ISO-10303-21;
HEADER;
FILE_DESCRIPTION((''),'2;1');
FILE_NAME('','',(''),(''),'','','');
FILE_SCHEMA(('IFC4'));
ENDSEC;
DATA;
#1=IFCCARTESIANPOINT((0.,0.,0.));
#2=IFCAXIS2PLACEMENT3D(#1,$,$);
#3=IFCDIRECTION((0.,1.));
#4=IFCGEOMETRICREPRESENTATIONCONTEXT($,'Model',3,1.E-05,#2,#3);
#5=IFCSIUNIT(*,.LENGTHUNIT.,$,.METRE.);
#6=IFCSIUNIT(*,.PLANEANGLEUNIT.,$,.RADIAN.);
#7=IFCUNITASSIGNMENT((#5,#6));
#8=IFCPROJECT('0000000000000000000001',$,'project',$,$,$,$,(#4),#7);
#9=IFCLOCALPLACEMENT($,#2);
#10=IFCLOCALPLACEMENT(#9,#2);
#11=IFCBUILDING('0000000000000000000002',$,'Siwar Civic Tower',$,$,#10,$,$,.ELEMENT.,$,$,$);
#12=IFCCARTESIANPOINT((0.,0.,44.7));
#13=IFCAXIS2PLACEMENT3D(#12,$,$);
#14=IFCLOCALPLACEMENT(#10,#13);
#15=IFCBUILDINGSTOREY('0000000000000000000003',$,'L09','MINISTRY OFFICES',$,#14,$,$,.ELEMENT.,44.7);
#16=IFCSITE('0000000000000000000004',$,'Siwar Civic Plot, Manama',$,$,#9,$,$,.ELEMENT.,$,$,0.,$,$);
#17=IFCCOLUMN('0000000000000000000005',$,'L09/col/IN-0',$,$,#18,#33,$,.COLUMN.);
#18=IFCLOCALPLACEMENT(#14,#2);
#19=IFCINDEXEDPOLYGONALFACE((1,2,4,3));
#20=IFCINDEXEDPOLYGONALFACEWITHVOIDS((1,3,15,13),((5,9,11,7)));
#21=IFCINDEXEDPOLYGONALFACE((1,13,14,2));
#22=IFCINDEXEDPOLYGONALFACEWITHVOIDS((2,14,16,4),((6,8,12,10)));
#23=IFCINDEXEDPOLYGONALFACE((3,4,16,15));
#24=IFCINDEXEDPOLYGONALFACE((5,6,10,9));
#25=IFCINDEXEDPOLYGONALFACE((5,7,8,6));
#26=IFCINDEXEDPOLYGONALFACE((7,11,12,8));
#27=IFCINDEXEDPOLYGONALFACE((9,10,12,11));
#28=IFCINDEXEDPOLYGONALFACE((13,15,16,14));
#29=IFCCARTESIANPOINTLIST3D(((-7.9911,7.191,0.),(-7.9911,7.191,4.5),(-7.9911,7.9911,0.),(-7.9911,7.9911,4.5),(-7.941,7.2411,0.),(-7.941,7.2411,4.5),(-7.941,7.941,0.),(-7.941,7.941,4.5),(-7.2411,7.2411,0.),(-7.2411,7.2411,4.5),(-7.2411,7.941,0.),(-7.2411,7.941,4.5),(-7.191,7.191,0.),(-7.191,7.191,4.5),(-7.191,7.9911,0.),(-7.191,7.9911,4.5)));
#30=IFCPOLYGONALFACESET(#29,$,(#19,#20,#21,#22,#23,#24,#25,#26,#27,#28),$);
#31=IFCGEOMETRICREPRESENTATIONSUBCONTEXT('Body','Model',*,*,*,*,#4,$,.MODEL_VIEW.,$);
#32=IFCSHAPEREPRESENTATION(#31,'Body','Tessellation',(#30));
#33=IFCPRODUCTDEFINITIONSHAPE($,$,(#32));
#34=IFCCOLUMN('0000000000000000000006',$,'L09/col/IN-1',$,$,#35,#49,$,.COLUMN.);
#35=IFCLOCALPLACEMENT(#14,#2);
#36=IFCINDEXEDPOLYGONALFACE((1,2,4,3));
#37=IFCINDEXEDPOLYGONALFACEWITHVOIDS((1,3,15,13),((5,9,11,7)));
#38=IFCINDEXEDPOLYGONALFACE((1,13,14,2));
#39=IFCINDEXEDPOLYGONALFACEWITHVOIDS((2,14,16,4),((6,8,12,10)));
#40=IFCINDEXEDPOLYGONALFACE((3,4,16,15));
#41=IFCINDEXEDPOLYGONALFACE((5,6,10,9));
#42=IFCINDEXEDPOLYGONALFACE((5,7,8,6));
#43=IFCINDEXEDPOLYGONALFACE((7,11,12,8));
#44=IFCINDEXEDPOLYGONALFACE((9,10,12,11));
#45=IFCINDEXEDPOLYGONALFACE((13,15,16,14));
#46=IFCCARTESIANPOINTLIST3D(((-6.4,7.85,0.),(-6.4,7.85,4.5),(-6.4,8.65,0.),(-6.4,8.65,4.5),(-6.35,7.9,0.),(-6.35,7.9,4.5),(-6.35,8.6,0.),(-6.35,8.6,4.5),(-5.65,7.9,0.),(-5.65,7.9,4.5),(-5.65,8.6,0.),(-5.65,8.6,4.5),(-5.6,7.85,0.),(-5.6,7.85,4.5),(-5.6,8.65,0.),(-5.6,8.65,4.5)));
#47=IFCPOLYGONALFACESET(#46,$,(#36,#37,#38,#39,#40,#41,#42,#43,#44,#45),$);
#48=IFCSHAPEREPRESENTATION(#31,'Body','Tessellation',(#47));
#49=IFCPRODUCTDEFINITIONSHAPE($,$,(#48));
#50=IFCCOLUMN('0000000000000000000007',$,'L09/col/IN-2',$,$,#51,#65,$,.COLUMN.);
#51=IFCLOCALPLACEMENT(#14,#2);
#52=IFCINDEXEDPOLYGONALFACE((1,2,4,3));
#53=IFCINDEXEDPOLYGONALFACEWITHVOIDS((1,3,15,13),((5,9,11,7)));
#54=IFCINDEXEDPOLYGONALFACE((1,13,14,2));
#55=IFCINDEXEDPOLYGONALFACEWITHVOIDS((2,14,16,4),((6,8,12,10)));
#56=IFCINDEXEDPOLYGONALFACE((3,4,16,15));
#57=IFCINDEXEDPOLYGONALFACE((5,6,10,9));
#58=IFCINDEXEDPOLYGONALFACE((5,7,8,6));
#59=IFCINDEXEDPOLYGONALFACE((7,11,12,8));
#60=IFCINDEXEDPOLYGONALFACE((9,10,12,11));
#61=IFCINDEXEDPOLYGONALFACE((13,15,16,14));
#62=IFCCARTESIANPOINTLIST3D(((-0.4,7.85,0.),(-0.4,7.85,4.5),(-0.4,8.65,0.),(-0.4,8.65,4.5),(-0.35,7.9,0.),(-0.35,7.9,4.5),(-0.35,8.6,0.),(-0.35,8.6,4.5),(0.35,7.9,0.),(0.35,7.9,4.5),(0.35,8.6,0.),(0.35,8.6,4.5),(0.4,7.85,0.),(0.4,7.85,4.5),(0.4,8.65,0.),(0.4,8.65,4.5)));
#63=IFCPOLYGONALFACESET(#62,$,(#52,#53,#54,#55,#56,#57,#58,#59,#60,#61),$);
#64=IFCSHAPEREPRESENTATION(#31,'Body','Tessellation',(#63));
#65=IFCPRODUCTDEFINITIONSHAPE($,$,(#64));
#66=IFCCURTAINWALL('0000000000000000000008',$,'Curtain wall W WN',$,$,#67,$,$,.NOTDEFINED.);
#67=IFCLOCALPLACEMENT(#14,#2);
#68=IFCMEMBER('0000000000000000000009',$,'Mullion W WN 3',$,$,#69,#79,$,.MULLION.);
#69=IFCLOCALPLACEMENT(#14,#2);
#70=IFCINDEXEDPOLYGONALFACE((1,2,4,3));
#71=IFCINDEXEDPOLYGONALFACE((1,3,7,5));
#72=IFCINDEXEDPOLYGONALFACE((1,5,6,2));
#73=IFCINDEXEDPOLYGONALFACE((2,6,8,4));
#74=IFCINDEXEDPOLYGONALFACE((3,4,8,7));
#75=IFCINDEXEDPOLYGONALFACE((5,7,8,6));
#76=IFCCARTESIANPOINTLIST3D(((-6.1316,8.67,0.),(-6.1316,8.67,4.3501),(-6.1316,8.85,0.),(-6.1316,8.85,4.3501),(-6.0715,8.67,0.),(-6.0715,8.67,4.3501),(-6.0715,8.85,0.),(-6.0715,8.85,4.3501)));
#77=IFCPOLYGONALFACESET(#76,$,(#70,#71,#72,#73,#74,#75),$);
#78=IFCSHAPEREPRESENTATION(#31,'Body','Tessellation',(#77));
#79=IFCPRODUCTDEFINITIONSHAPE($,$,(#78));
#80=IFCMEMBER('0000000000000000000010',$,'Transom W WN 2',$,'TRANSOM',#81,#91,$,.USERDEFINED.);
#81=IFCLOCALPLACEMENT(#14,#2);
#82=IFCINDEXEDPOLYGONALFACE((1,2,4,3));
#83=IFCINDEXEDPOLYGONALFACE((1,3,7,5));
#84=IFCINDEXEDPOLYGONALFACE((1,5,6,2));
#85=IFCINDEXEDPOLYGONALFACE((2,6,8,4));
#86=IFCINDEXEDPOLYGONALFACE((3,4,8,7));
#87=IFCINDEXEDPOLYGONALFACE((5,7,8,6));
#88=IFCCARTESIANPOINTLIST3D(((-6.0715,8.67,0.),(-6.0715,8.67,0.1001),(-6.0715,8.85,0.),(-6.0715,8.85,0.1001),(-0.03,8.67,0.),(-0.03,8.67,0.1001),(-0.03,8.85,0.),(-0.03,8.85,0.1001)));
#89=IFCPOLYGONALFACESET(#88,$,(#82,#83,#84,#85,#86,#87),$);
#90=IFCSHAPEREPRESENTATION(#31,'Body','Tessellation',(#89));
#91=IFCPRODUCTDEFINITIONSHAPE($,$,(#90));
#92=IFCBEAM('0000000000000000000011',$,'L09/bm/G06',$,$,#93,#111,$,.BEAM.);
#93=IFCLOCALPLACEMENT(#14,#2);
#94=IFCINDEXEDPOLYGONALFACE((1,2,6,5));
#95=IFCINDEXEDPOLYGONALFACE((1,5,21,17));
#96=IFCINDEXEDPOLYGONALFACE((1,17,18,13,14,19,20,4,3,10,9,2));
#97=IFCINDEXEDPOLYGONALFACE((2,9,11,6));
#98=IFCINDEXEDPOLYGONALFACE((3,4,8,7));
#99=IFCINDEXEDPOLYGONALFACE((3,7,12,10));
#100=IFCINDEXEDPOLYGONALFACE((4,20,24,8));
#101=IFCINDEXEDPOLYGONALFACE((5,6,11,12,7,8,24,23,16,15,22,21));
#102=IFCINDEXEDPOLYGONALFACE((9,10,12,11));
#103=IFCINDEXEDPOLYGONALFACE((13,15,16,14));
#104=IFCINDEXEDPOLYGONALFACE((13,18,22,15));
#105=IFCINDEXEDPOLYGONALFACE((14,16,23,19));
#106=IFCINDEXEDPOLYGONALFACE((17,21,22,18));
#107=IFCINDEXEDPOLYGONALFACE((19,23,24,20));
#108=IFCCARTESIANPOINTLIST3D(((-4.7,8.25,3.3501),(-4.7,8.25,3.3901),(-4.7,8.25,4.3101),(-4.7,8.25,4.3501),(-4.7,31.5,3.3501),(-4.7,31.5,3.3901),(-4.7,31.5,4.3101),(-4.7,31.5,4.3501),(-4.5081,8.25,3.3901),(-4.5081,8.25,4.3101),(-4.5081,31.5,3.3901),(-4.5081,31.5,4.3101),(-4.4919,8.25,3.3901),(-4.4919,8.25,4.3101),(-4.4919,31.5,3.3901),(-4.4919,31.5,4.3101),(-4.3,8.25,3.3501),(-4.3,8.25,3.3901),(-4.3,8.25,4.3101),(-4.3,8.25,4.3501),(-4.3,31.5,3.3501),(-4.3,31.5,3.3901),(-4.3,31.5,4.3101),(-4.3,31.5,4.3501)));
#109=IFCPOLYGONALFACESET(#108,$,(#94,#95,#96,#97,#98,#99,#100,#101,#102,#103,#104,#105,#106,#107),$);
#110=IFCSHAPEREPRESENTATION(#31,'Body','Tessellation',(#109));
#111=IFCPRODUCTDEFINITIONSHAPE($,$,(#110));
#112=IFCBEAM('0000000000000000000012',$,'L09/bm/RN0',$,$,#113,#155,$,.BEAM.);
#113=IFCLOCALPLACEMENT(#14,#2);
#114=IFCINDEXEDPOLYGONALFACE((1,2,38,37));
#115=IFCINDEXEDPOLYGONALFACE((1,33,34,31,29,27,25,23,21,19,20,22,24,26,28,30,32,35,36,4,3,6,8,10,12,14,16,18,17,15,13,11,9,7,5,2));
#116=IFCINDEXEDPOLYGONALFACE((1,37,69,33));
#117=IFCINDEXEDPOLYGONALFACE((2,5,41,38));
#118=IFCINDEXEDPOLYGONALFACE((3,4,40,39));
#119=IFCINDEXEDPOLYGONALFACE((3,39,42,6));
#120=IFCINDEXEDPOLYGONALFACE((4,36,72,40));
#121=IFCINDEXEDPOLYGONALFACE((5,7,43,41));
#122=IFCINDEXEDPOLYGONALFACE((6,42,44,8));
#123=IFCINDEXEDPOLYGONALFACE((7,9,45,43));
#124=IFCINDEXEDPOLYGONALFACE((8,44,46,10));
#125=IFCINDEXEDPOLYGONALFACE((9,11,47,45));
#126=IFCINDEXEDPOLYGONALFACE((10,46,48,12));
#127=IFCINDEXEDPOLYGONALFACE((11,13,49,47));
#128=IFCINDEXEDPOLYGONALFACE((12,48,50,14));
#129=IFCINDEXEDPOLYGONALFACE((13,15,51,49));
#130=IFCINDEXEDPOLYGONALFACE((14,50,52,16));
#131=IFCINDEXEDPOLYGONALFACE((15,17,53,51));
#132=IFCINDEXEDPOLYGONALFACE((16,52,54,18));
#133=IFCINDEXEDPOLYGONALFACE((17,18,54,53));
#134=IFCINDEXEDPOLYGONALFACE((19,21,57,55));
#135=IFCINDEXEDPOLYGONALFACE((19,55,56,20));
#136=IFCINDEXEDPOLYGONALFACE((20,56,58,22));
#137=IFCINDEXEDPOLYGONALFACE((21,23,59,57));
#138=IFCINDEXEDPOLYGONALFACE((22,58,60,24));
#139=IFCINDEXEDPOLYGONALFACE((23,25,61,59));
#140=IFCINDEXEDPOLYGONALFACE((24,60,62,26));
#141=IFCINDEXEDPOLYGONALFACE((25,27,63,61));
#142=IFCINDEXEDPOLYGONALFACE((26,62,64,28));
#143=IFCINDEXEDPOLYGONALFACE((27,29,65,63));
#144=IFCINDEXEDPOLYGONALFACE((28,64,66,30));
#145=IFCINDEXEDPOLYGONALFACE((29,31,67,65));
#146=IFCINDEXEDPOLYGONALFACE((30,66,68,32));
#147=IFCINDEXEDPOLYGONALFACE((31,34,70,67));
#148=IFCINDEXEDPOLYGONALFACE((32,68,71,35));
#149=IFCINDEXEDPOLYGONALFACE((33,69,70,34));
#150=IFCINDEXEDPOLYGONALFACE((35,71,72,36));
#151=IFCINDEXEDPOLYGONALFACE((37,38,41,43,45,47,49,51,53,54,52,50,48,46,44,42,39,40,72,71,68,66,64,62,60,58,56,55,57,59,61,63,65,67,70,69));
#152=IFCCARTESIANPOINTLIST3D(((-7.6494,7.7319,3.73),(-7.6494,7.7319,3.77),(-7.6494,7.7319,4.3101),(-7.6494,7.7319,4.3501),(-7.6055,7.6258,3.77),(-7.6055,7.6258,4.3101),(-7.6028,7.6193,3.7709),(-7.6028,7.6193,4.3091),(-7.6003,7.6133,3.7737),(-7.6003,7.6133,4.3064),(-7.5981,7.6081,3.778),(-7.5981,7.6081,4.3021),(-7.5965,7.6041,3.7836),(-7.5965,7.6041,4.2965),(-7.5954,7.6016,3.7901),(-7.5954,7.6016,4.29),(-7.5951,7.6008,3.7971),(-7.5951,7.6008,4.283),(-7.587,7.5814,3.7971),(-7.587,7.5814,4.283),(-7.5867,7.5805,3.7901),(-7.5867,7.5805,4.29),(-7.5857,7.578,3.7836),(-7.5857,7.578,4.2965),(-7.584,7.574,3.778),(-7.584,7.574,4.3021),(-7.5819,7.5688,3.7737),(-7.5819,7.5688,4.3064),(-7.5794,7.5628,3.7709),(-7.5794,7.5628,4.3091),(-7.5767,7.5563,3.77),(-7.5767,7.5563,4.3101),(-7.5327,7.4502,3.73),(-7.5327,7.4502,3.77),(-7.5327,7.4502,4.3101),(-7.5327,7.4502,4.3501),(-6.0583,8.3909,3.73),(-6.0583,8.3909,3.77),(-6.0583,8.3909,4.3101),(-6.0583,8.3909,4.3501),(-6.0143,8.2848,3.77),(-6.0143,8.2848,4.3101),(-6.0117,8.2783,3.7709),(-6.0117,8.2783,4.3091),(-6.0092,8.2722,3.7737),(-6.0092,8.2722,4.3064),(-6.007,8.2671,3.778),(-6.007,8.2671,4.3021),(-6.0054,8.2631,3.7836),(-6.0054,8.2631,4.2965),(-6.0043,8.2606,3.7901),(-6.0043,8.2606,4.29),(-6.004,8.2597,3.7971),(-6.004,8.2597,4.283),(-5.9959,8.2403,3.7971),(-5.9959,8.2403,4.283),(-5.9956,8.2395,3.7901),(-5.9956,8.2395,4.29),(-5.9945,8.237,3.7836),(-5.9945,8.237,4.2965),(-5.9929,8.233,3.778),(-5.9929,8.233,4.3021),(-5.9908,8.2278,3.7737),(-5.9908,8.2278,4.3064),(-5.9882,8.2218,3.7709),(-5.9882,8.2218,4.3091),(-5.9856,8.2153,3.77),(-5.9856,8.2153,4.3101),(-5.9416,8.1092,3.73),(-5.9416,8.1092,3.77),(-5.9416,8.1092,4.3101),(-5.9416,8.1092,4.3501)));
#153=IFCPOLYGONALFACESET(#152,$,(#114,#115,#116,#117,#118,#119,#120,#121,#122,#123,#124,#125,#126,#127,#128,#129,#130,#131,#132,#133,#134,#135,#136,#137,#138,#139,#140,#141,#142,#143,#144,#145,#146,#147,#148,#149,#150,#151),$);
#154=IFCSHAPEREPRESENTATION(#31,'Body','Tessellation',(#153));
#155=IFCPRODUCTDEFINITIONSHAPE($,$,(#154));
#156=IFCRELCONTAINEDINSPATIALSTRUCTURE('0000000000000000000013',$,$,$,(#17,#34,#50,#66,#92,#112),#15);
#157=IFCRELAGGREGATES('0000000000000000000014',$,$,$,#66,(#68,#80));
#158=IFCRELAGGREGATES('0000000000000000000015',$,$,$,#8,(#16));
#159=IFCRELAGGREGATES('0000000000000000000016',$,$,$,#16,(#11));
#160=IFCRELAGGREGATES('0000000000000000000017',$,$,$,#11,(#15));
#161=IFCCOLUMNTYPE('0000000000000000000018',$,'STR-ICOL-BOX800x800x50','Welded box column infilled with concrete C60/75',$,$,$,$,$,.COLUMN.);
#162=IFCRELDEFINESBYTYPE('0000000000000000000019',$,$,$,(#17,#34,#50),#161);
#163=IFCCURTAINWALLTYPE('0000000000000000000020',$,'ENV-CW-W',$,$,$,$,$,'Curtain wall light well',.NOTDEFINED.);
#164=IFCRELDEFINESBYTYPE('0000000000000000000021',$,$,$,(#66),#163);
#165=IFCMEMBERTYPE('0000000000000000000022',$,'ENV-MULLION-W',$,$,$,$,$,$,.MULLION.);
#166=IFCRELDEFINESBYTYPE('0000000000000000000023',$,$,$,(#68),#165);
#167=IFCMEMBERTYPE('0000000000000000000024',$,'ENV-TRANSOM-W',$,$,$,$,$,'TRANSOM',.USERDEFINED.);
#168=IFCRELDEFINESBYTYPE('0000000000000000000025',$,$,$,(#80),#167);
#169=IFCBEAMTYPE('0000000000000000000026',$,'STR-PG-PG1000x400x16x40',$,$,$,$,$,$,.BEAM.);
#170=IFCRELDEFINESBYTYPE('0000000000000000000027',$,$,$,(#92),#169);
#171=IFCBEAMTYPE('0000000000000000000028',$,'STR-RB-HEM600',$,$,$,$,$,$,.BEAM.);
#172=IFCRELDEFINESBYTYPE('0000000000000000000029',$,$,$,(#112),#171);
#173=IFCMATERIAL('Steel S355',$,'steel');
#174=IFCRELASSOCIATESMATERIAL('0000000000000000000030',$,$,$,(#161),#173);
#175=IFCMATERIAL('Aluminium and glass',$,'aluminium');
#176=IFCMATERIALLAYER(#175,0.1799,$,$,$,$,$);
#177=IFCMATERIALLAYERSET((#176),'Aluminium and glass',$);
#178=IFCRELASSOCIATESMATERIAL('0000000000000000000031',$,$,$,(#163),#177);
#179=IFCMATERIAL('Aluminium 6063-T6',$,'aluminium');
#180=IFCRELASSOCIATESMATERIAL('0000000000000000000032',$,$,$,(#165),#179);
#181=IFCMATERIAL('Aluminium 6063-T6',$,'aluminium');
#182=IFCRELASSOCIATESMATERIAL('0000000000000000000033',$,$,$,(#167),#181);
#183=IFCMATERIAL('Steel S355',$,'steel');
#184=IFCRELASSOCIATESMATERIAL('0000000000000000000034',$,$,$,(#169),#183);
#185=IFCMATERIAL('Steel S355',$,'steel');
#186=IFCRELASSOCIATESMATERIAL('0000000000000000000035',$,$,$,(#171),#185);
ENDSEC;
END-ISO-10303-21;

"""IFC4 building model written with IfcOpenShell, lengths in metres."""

from ifc_helpers import new_model, si_unit, direction, frame, origin, origin_2d, place, context, subcontext, project, spatial, rectangle, hollow_rectangle, i_section, extrude, material, layer, layer_set, material_profile, profile_set, type_object, element, aggregate, save


model = new_model("IFC4")

# Units and contexts
model_context = context("Model", 3, precision=1e-05, world=origin(), true_north=direction((0.0, 1.0)))
body_context = subcontext(model_context, "Body", "Model", "MODEL_VIEW")
ifc_project = project(units=[si_unit("LENGTHUNIT", "METRE"), si_unit("PLANEANGLEUNIT", "RADIAN")], contexts=[model_context])

# Site, building, storey
site_placement = place(None, origin())
site = spatial("IfcSite", under=ifc_project, at=site_placement, Name="Siwar Civic Plot, Manama", CompositionType="ELEMENT", RefElevation=0.0)
building_placement = place(site_placement, origin())
building = spatial("IfcBuilding", under=site, at=building_placement, Name="Siwar Civic Tower", CompositionType="ELEMENT")
storey_placement = place(building_placement, frame((0.0, 0.0, 44.7)))
storey = spatial("IfcBuildingStorey", under=building, at=storey_placement, Name="L09", Description="MINISTRY OFFICES", CompositionType="ELEMENT", Elevation=44.7)

# Columns
ifc_material_1 = material(Name="Steel S355", Category="steel")
ifc_material_profile_1 = material_profile(ifc_material_1, hollow_rectangle(XDim=0.8, YDim=0.8, WallThickness=0.05, at=origin_2d()), Name="BOX800x800x50")
ifc_profile_set_1 = profile_set([ifc_material_profile_1], Name="Steel S355")
column_type = type_object("IfcColumnType", Name="STR-ICOL-BOX800x800x50", Description="Welded box column infilled with concrete C60/75", PredefinedType="COLUMN", material=ifc_profile_set_1)
for number, where, z_axis, x_axis, name in (
    (1, (-7.5911, 7.5911, 0.0), (0.0, 0.0, 1.0), (1.0, 0.0, 0.0), "L09/col/IN-0"),
    (2, (-6.0, 8.25, 0.0), (0.0, 0.0, 1.0), (1.0, 0.0, 0.0), "L09/col/IN-1"),
    (3, (0.0, 8.25, 0.0), (0.0, 0.0, 1.0), (1.0, 0.0, 0.0), "L09/col/IN-2"),
):
    element("IfcColumn", number, at=place(storey_placement, frame(where, z_axis=z_axis, x_axis=x_axis)), inside=storey, type_object=column_type, Name=name, PredefinedType="COLUMN", context=body_context, shape_type="SweptSolid", body=[
        extrude(hollow_rectangle(XDim=0.8, YDim=0.8, WallThickness=0.05, at=origin_2d()), origin(), (0.0, 0.0, 1.0), 4.5),
    ])

# Curtain wall, members
ifc_material_2 = material(Name="Aluminium and glass", Category="aluminium")
ifc_layer_1 = layer(ifc_material_2, 0.1799)
ifc_layer_set_1 = layer_set([ifc_layer_1], Name="Aluminium and glass")
curtain_wall_type = type_object("IfcCurtainWallType", Name="ENV-CW-W", ElementType="Curtain wall light well", PredefinedType="NOTDEFINED", material=ifc_layer_set_1)
curtain_wall_placement = place(storey_placement, origin())
curtain_wall = element("IfcCurtainWall", 4, at=curtain_wall_placement, inside=storey, type_object=curtain_wall_type, Name="Curtain wall W WN", PredefinedType="NOTDEFINED")
ifc_material_3 = material(Name="Aluminium 6063-T6", Category="aluminium")
ifc_material_profile_2 = material_profile(ifc_material_3, rectangle(XDim=0.1799, YDim=0.0601, at=origin_2d()), Name="AL 180x60")
ifc_profile_set_2 = profile_set([ifc_material_profile_2], Name="Aluminium 6063-T6")
member_type_1 = type_object("IfcMemberType", Name="ENV-MULLION-W", PredefinedType="MULLION", material=ifc_profile_set_2)
member_1_placement = place(storey_placement, frame((-6.1016, 8.76, 0.0), z_axis=(0.0, 0.0, 1.0), x_axis=(0.0, -1.0, 0.0)))
member_1 = element("IfcMember", 5, at=member_1_placement, type_object=member_type_1, Name="Mullion W WN 3", PredefinedType="MULLION", context=body_context, shape_type="SweptSolid", body=[
    extrude(rectangle(XDim=0.1799, YDim=0.0601, at=origin_2d()), origin(), (0.0, 0.0, 1.0), 4.3501),
])
ifc_material_4 = material(Name="Aluminium 6063-T6", Category="aluminium")
ifc_material_profile_3 = material_profile(ifc_material_4, rectangle(XDim=0.1799, YDim=0.1001, at=origin_2d()), Name="AL 180x100")
ifc_profile_set_3 = profile_set([ifc_material_profile_3], Name="Aluminium 6063-T6")
member_type_2 = type_object("IfcMemberType", Name="ENV-TRANSOM-W", ElementType="TRANSOM", PredefinedType="USERDEFINED", material=ifc_profile_set_3)
member_2_placement = place(storey_placement, frame((-0.03, 8.76, 0.05), z_axis=(-1.0, 0.0, 0.0), x_axis=(0.0, -1.0, 0.0)))
member_2 = element("IfcMember", 6, at=member_2_placement, type_object=member_type_2, Name="Transom W WN 2", ObjectType="TRANSOM", PredefinedType="USERDEFINED", context=body_context, shape_type="SweptSolid", body=[
    extrude(rectangle(XDim=0.1799, YDim=0.1001, at=origin_2d()), origin(), (0.0, 0.0, 1.0), 6.0415),
])

# Beams
ifc_material_5 = material(Name="Steel S355", Category="steel")
ifc_material_profile_4 = material_profile(ifc_material_5, i_section(OverallWidth=0.3999, OverallDepth=1.0, WebThickness=0.0161, FlangeThickness=0.04, at=origin_2d()), Name="PG1000x400x16x40")
ifc_profile_set_4 = profile_set([ifc_material_profile_4], Name="Steel S355")
beam_type_1 = type_object("IfcBeamType", Name="STR-PG-PG1000x400x16x40", PredefinedType="BEAM", material=ifc_profile_set_4)
beam_1_placement = place(storey_placement, frame((-4.5, 8.25, 3.8501), z_axis=(0.0, 1.0, 0.0), x_axis=(-1.0, 0.0, 0.0)))
element("IfcBeam", 7, at=beam_1_placement, inside=storey, type_object=beam_type_1, Name="L09/bm/G06", PredefinedType="BEAM", context=body_context, shape_type="SweptSolid", body=[
    extrude(i_section(OverallWidth=0.3999, OverallDepth=1.0, WebThickness=0.0161, FlangeThickness=0.04, at=origin_2d()), origin(), (0.0, 0.0, 1.0), 23.25),
])
ifc_material_6 = material(Name="Steel S355", Category="steel")
ifc_material_profile_5 = material_profile(ifc_material_6, i_section(OverallWidth=0.3049, OverallDepth=0.6201, WebThickness=0.021, FlangeThickness=0.04, FilletRadius=0.0271, at=origin_2d()), Name="HEM600")
ifc_profile_set_5 = profile_set([ifc_material_profile_5], Name="Steel S355")
beam_type_2 = type_object("IfcBeamType", Name="STR-RB-HEM600", PredefinedType="BEAM", material=ifc_profile_set_5)
beam_2_placement = place(storey_placement, frame((-7.5911, 7.5911, 4.04), z_axis=(0.923901, 0.382631, 0.0), x_axis=(-0.382631, 0.923901, 0.0)))
element("IfcBeam", 8, at=beam_2_placement, inside=storey, type_object=beam_type_2, Name="L09/bm/RN0", PredefinedType="BEAM", context=body_context, shape_type="SweptSolid", body=[
    extrude(i_section(OverallWidth=0.3049, OverallDepth=0.6201, WebThickness=0.021, FlangeThickness=0.04, FilletRadius=0.0271, at=origin_2d()), origin(), (0.0, 0.0, 1.0), 1.7222),
])

aggregate(curtain_wall, [member_1, member_2])

save(model, "model.ifc")
